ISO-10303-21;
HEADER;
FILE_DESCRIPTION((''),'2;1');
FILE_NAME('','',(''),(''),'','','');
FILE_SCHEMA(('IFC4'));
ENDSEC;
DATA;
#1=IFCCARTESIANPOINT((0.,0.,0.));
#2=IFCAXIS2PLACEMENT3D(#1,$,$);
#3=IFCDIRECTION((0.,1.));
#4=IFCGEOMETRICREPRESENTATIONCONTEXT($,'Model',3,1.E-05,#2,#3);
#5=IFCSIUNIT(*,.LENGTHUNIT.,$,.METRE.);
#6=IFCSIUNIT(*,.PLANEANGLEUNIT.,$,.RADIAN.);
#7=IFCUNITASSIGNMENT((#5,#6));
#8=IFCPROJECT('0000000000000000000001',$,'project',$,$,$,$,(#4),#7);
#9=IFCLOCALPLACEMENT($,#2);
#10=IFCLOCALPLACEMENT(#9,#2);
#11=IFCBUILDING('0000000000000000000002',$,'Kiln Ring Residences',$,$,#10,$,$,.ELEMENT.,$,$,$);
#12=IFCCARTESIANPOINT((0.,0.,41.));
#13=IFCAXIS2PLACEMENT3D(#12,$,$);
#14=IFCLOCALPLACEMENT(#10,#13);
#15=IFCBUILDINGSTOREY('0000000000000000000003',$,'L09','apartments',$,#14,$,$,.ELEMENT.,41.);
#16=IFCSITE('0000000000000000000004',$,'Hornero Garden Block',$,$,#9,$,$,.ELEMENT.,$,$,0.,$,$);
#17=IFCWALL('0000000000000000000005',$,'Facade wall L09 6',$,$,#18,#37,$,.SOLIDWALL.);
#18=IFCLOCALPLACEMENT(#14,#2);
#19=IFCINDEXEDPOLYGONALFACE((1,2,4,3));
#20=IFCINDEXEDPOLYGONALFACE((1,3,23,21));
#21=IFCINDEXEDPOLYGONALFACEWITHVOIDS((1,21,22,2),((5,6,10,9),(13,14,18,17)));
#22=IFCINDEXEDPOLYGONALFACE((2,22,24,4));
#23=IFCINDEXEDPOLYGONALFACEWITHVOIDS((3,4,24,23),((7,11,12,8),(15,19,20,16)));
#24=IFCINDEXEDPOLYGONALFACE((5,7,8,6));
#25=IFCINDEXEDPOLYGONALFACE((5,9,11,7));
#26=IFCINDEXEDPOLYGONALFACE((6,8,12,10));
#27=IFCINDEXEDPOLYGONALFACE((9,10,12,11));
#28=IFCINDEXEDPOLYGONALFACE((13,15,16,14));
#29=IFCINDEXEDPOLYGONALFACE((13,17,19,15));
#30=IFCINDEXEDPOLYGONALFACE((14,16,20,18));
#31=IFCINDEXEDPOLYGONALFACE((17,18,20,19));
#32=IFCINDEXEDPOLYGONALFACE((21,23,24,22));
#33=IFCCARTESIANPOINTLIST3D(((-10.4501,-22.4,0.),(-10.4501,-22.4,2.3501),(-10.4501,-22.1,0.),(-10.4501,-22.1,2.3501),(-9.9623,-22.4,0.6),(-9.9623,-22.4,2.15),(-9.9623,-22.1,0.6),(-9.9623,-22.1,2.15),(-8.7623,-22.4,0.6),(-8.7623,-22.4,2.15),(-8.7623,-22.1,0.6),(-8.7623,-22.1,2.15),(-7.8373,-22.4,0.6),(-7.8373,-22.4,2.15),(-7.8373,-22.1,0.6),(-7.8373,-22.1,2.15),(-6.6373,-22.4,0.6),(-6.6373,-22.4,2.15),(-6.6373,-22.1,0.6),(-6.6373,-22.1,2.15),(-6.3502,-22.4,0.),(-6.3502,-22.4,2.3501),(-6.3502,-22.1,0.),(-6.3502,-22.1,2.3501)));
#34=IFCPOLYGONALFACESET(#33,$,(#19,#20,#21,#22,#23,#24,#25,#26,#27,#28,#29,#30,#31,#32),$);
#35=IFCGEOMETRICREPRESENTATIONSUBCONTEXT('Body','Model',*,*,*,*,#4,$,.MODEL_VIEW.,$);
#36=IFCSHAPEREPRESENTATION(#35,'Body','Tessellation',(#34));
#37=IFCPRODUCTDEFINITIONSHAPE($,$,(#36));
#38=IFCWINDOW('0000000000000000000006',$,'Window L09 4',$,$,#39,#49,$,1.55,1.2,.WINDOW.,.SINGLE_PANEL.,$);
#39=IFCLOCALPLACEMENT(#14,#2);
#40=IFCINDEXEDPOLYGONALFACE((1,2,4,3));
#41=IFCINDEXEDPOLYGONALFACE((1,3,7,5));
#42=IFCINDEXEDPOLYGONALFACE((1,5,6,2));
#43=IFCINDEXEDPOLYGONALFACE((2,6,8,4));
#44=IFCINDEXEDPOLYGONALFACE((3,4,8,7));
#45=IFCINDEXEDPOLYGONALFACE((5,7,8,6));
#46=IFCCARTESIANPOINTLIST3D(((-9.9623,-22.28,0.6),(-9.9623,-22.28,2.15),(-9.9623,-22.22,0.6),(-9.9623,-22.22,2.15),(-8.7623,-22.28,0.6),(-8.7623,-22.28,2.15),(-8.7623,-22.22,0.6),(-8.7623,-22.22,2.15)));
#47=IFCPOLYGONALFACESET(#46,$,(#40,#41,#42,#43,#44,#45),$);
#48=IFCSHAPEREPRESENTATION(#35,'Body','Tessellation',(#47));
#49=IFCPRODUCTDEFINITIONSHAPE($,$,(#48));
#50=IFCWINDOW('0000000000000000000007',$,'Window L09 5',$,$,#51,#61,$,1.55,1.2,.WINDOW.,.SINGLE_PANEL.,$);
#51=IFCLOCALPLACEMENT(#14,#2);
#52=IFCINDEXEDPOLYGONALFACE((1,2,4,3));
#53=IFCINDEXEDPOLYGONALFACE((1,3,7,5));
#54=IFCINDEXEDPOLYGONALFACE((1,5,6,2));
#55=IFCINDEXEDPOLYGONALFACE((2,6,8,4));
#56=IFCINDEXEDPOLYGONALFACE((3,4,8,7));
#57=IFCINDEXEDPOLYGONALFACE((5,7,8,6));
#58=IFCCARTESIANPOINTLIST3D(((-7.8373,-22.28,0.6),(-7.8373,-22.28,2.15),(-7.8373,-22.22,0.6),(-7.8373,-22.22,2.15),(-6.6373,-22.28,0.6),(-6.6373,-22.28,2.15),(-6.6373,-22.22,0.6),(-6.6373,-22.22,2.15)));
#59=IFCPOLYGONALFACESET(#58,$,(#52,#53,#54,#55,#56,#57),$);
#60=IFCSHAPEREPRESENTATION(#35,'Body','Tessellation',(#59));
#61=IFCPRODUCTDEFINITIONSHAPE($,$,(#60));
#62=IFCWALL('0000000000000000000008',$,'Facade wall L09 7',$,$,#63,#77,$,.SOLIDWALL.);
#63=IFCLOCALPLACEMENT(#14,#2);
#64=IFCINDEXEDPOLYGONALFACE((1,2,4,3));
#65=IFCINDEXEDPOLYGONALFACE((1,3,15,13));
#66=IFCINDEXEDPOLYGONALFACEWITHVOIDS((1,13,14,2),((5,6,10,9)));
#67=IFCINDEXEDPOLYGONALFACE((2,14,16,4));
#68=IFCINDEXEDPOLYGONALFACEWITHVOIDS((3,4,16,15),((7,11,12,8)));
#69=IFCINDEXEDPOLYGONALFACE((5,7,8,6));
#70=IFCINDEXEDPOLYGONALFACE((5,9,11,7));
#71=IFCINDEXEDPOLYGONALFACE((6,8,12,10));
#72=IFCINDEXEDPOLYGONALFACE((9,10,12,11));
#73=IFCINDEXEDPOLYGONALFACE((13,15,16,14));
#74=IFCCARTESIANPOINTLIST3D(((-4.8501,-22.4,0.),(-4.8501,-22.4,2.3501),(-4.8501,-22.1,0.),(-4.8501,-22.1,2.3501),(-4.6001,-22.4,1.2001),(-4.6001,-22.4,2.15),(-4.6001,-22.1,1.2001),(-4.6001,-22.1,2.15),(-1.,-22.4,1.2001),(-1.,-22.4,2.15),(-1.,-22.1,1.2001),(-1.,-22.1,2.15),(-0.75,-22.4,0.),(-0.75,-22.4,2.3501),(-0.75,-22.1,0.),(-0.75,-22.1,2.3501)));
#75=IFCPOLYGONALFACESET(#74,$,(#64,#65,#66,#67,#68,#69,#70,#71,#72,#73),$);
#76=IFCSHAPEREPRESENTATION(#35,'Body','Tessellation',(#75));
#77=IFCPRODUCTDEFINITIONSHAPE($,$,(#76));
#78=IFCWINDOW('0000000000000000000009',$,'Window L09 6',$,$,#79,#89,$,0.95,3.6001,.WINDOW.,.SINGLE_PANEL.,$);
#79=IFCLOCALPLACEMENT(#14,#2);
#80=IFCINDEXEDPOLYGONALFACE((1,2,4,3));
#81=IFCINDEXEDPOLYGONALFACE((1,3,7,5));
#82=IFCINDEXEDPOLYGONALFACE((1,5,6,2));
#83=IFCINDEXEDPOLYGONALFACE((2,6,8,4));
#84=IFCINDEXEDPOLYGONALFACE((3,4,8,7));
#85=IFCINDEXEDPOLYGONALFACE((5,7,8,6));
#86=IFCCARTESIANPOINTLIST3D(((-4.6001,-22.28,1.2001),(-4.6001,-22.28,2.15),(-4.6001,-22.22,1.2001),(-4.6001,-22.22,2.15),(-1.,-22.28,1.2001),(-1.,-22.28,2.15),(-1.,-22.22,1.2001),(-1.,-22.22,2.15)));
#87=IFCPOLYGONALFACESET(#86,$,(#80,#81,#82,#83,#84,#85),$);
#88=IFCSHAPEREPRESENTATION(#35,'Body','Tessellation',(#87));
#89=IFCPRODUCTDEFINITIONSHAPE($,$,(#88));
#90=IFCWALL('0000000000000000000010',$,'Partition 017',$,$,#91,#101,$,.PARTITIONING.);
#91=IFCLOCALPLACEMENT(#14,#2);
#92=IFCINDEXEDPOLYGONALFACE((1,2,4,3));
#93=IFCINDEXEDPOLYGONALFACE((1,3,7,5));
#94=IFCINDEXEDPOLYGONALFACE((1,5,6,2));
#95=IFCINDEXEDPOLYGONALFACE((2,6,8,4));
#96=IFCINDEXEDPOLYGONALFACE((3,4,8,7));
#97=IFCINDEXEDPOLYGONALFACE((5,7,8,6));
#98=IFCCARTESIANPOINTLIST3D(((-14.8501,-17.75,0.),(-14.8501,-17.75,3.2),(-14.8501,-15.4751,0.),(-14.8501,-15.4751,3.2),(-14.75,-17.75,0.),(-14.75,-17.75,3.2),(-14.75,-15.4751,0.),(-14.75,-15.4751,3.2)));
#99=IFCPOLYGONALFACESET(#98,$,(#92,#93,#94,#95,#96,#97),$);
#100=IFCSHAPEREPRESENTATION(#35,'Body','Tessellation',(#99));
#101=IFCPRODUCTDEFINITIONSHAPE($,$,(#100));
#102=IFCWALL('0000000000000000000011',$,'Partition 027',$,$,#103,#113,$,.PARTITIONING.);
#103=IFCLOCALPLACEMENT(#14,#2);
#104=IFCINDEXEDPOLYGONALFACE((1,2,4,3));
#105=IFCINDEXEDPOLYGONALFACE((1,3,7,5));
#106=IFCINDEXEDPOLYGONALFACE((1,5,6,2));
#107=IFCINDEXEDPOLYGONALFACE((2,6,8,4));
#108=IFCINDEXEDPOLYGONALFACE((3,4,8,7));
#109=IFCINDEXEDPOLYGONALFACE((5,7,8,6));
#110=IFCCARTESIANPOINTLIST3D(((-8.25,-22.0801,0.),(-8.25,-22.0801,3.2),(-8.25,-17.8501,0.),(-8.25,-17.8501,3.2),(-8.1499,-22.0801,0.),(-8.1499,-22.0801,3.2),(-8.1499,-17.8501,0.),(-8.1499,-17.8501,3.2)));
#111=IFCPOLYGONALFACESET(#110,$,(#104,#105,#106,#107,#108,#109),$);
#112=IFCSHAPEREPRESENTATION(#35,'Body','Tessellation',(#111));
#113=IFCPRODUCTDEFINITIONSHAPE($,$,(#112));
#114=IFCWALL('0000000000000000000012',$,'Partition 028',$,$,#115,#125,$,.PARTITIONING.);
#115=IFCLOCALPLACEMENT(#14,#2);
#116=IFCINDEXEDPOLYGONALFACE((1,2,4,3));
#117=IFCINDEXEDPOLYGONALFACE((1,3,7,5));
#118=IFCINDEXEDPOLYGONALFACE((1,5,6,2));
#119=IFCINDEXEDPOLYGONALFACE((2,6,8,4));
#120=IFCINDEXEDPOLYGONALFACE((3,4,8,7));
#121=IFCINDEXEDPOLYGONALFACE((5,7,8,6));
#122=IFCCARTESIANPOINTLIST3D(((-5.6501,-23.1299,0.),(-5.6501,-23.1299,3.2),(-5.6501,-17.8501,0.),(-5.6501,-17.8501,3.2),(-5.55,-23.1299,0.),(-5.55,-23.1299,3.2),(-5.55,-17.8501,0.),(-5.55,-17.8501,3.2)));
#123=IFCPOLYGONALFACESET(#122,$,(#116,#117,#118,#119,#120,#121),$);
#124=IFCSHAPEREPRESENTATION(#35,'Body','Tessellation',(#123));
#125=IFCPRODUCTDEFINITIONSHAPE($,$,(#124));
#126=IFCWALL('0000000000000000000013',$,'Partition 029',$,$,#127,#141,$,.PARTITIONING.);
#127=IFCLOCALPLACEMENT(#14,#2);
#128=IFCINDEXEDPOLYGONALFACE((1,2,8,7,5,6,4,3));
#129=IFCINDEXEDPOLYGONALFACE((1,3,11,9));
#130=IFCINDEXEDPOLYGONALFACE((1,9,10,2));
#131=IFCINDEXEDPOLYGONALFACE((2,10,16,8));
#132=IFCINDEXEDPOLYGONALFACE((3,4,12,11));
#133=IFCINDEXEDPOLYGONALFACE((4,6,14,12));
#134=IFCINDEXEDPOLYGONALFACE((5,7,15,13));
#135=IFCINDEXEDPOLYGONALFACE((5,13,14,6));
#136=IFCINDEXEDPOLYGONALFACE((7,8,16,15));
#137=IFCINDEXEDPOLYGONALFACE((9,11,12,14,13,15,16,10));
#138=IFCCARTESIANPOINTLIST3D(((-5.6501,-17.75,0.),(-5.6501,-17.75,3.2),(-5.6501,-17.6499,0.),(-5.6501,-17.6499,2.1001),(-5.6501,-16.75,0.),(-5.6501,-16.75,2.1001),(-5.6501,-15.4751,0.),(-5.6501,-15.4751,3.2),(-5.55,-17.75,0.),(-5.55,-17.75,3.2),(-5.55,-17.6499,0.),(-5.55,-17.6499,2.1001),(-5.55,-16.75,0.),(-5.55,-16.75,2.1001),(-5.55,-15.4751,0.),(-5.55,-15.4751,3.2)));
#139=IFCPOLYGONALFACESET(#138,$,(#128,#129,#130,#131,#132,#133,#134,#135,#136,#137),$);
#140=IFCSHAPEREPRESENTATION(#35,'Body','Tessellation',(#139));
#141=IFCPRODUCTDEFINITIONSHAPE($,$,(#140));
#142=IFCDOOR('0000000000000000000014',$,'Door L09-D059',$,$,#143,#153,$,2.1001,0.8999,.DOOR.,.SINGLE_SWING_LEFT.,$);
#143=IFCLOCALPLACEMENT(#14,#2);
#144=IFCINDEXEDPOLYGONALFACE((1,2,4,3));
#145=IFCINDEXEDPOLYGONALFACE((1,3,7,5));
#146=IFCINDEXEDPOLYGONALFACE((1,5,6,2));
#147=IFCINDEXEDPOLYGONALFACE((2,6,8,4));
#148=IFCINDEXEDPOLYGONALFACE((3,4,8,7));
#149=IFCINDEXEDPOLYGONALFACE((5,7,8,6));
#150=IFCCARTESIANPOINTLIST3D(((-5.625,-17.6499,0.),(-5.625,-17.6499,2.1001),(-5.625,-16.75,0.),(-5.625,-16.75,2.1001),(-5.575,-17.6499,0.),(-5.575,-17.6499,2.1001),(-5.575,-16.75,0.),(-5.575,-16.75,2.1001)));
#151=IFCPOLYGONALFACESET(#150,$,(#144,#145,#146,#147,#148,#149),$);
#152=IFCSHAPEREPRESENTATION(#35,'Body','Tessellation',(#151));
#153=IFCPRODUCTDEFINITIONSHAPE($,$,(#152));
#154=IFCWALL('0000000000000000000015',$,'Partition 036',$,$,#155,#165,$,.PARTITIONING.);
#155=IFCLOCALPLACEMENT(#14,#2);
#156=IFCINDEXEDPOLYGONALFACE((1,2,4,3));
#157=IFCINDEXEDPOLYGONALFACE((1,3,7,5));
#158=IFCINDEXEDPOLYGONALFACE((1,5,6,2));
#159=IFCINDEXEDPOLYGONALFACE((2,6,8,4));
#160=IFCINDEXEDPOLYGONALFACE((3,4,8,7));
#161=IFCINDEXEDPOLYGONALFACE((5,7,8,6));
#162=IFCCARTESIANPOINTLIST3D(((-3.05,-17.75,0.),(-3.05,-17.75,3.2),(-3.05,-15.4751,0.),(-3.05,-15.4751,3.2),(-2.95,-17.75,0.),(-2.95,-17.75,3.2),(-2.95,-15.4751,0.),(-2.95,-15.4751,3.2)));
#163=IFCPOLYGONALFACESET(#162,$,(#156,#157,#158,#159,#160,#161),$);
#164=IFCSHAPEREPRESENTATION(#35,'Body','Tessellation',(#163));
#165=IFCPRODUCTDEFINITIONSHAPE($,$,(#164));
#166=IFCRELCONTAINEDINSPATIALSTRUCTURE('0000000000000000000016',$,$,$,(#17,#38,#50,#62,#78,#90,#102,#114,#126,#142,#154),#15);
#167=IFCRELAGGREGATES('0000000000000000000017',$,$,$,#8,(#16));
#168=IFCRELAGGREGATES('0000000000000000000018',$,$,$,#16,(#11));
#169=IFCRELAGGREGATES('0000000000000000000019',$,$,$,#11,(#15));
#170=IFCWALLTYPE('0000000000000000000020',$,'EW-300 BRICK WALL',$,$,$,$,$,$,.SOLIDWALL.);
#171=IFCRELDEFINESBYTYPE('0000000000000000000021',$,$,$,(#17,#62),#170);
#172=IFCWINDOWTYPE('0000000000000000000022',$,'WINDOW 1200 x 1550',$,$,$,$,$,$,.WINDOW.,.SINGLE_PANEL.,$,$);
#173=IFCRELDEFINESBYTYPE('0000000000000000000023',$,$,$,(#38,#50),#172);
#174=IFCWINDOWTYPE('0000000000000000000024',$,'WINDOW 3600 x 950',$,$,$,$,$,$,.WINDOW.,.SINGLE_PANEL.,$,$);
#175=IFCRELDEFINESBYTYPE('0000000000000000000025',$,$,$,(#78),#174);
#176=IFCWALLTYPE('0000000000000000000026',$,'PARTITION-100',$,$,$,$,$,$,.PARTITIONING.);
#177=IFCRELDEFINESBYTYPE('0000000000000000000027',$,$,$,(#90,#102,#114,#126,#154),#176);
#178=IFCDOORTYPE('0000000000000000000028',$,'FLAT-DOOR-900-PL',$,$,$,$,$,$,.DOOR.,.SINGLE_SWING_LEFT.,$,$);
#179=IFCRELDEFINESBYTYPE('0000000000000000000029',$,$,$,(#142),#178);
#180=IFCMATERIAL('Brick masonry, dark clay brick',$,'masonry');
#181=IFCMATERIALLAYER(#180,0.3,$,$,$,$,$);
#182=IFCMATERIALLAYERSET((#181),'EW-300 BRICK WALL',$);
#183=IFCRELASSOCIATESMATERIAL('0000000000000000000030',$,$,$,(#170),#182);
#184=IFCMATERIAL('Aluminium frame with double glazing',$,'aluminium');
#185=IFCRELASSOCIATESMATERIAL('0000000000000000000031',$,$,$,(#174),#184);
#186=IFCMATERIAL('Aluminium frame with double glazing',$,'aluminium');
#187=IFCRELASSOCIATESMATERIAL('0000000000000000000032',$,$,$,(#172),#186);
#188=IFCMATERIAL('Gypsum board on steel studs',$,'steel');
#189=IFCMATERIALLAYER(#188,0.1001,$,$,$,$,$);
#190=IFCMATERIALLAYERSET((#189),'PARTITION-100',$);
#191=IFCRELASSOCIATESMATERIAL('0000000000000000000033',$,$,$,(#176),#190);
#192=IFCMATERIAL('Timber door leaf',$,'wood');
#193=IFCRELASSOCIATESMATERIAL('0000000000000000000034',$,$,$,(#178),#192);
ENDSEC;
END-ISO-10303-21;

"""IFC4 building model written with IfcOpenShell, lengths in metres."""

from ifc_helpers import new_model, si_unit, direction, frame, frame_2d, origin, place, context, subcontext, project, spatial, rectangle, extrude, material, layer, layer_set, type_object, element, fill, save


model = new_model("IFC4")

# Units and contexts
model_context = context("Model", 3, precision=1e-05, world=origin(), true_north=direction((0.0, 1.0)))
body_context = subcontext(model_context, "Body", "Model", "MODEL_VIEW")
ifc_project = project(units=[si_unit("LENGTHUNIT", "METRE"), si_unit("PLANEANGLEUNIT", "RADIAN")], contexts=[model_context])

# Site, building, storey
site_placement = place(None, origin())
site = spatial("IfcSite", under=ifc_project, at=site_placement, Name="Hornero Garden Block", CompositionType="ELEMENT", RefElevation=0.0)
building_placement = place(site_placement, origin())
building = spatial("IfcBuilding", under=site, at=building_placement, Name="Kiln Ring Residences", CompositionType="ELEMENT")
storey_placement = place(building_placement, frame((0.0, 0.0, 41.0)))
storey = spatial("IfcBuildingStorey", under=building, at=storey_placement, Name="L09", Description="apartments", CompositionType="ELEMENT", Elevation=41.0)

# Shared definitions
ifc_material_1 = material(Name="Brick masonry, dark clay brick", Category="masonry")
ifc_layer_1 = layer(ifc_material_1, 0.3)
ifc_layer_set_1 = layer_set([ifc_layer_1], Name="EW-300 BRICK WALL")
wall_type_1 = type_object("IfcWallType", Name="EW-300 BRICK WALL", PredefinedType="SOLIDWALL", material=ifc_layer_set_1)
ifc_material_2 = material(Name="Aluminium frame with double glazing", Category="aluminium")
window_type_1 = type_object("IfcWindowType", Name="WINDOW 3600 x 950", PartitioningType="SINGLE_PANEL", PredefinedType="WINDOW", material=ifc_material_2)

# Wall, openings, windows
wall_1_placement = place(storey_placement, frame((-10.45, -22.25, 0.0), z_axis=(0.0, 0.0, 1.0), x_axis=(1.0, 0.0, 0.0)))
wall_1 = element("IfcWall", 1, at=wall_1_placement, inside=storey, type_object=wall_type_1, Name="Facade wall L09 6", PredefinedType="SOLIDWALL", context=body_context, shape_type="SweptSolid", body=[
    extrude(rectangle(XDim=4.0999, YDim=0.3, at=frame_2d((2.0498, 0.0))), origin(), (0.0, 0.0, 1.0), 2.3501),
])
opening_1_placement = place(wall_1_placement, frame((0.4875, 0.0, 0.6001)))
opening_1 = element("IfcOpeningElement", 2, at=opening_1_placement, cuts=wall_1, PredefinedType="OPENING", context=body_context, shape_type="SweptSolid", body=[
    extrude(rectangle(XDim=1.2, YDim=1.55, at=frame_2d((0.6001, 0.7749))), frame((0.0, 0.1599, 0.0), z_axis=(0.0, -1.0, 0.0), x_axis=(1.0, 0.0, 0.0)), (0.0, 0.0, 1.0), 0.3201),
])
opening_2_placement = place(wall_1_placement, frame((2.6125, 0.0, 0.6001)))
opening_2 = element("IfcOpeningElement", 3, at=opening_2_placement, cuts=wall_1, PredefinedType="OPENING", context=body_context, shape_type="SweptSolid", body=[
    extrude(rectangle(XDim=1.2, YDim=1.55, at=frame_2d((0.6001, 0.7749))), frame((0.0, 0.1599, 0.0), z_axis=(0.0, -1.0, 0.0), x_axis=(1.0, 0.0, 0.0)), (0.0, 0.0, 1.0), 0.3201),
])
ifc_material_3 = material(Name="Aluminium frame with double glazing", Category="aluminium")
window_type_2 = type_object("IfcWindowType", Name="WINDOW 1200 x 1550", PartitioningType="SINGLE_PANEL", PredefinedType="WINDOW", material=ifc_material_3)
window_1_placement = place(opening_1_placement, origin())
window_1 = element("IfcWindow", 4, at=window_1_placement, inside=storey, type_object=window_type_2, Name="Window L09 4", OverallHeight=1.55, OverallWidth=1.2, PartitioningType="SINGLE_PANEL", PredefinedType="WINDOW", context=body_context, shape_type="SweptSolid", body=[
    extrude(rectangle(XDim=1.2, YDim=1.55, at=frame_2d((0.6001, 0.7749))), frame((0.0, 0.03, 0.0), z_axis=(0.0, -1.0, 0.0), x_axis=(1.0, 0.0, 0.0)), (0.0, 0.0, 1.0), 0.0601),
])
fill(opening_1, window_1)
window_2_placement = place(opening_2_placement, origin())
window_2 = element("IfcWindow", 5, at=window_2_placement, inside=storey, type_object=window_type_2, Name="Window L09 5", OverallHeight=1.55, OverallWidth=1.2, PartitioningType="SINGLE_PANEL", PredefinedType="WINDOW", context=body_context, shape_type="SweptSolid", body=[
    extrude(rectangle(XDim=1.2, YDim=1.55, at=frame_2d((0.6001, 0.7749))), frame((0.0, 0.03, 0.0), z_axis=(0.0, -1.0, 0.0), x_axis=(1.0, 0.0, 0.0)), (0.0, 0.0, 1.0), 0.0601),
])
fill(opening_2, window_2)

# Wall, opening, window
wall_2_placement = place(storey_placement, frame((-4.8501, -22.25, 0.0), z_axis=(0.0, 0.0, 1.0), x_axis=(1.0, 0.0, 0.0)))
wall_2 = element("IfcWall", 6, at=wall_2_placement, inside=storey, type_object=wall_type_1, Name="Facade wall L09 7", PredefinedType="SOLIDWALL", context=body_context, shape_type="SweptSolid", body=[
    extrude(rectangle(XDim=4.1001, YDim=0.3, at=frame_2d((2.05, 0.0))), origin(), (0.0, 0.0, 1.0), 2.3501),
])
opening_3_placement = place(wall_2_placement, frame((0.25, 0.0, 1.2)))
opening_3 = element("IfcOpeningElement", 7, at=opening_3_placement, cuts=wall_2, PredefinedType="OPENING", context=body_context, shape_type="SweptSolid", body=[
    extrude(rectangle(XDim=3.6001, YDim=0.95, at=frame_2d((1.8, 0.4751))), frame((0.0, 0.1599, 0.0), z_axis=(0.0, -1.0, 0.0), x_axis=(1.0, 0.0, 0.0)), (0.0, 0.0, 1.0), 0.3201),
])
window_3_placement = place(opening_3_placement, origin())
window_3 = element("IfcWindow", 8, at=window_3_placement, inside=storey, type_object=window_type_1, Name="Window L09 6", OverallHeight=0.95, OverallWidth=3.6001, PartitioningType="SINGLE_PANEL", PredefinedType="WINDOW", context=body_context, shape_type="SweptSolid", body=[
    extrude(rectangle(XDim=3.6001, YDim=0.95, at=frame_2d((1.8, 0.4751))), frame((0.0, 0.03, 0.0), z_axis=(0.0, -1.0, 0.0), x_axis=(1.0, 0.0, 0.0)), (0.0, 0.0, 1.0), 0.0601),
])
fill(opening_3, window_3)

# Walls
ifc_material_4 = material(Name="Gypsum board on steel studs", Category="steel")
ifc_layer_2 = layer(ifc_material_4, 0.1001)
ifc_layer_set_2 = layer_set([ifc_layer_2], Name="PARTITION-100")
wall_type_2 = type_object("IfcWallType", Name="PARTITION-100", PredefinedType="PARTITIONING", material=ifc_layer_set_2)
wall_3_placement = place(storey_placement, frame((-14.8, -17.75, 0.0), z_axis=(0.0, 0.0, 1.0), x_axis=(0.0, 1.0, 0.0)))
element("IfcWall", 9, at=wall_3_placement, inside=storey, type_object=wall_type_2, Name="Partition 017", PredefinedType="PARTITIONING", context=body_context, shape_type="SweptSolid", body=[
    extrude(rectangle(XDim=2.2749, YDim=0.1001, at=frame_2d((1.1375, 0.0))), origin(), (0.0, 0.0, 1.0), 3.2),
])
wall_4_placement = place(storey_placement, frame((-8.2, -22.0801, 0.0), z_axis=(0.0, 0.0, 1.0), x_axis=(0.0, 1.0, 0.0)))
element("IfcWall", 10, at=wall_4_placement, inside=storey, type_object=wall_type_2, Name="Partition 027", PredefinedType="PARTITIONING", context=body_context, shape_type="SweptSolid", body=[
    extrude(rectangle(XDim=4.23, YDim=0.1001, at=frame_2d((2.115, 0.0))), origin(), (0.0, 0.0, 1.0), 3.2),
])
wall_5_placement = place(storey_placement, frame((-5.6001, -23.1299, 0.0), z_axis=(0.0, 0.0, 1.0), x_axis=(0.0, 1.0, 0.0)))
element("IfcWall", 11, at=wall_5_placement, inside=storey, type_object=wall_type_2, Name="Partition 028", PredefinedType="PARTITIONING", context=body_context, shape_type="SweptSolid", body=[
    extrude(rectangle(XDim=5.2798, YDim=0.1001, at=frame_2d((2.6399, 0.0))), origin(), (0.0, 0.0, 1.0), 3.2),
])

# Wall, opening, door
wall_6_placement = place(storey_placement, frame((-5.6001, -17.75, 0.0), z_axis=(0.0, 0.0, 1.0), x_axis=(0.0, 1.0, 0.0)))
wall_6 = element("IfcWall", 12, at=wall_6_placement, inside=storey, type_object=wall_type_2, Name="Partition 029", PredefinedType="PARTITIONING", context=body_context, shape_type="SweptSolid", body=[
    extrude(rectangle(XDim=2.2749, YDim=0.1001, at=frame_2d((1.1375, 0.0))), origin(), (0.0, 0.0, 1.0), 3.2),
])
opening_4_placement = place(wall_6_placement, frame((0.1001, 0.0, 0.0)))
opening_4 = element("IfcOpeningElement", 13, at=opening_4_placement, cuts=wall_6, PredefinedType="OPENING", context=body_context, shape_type="SweptSolid", body=[
    extrude(rectangle(XDim=0.8999, YDim=2.1001, at=frame_2d((0.45, 1.05))), frame((0.0, 0.0601, 0.0), z_axis=(0.0, -1.0, 0.0), x_axis=(1.0, 0.0, 0.0)), (0.0, 0.0, 1.0), 0.1201),
])
ifc_material_5 = material(Name="Timber door leaf", Category="wood")
door_type = type_object("IfcDoorType", Name="FLAT-DOOR-900-PL", OperationType="SINGLE_SWING_LEFT", PredefinedType="DOOR", material=ifc_material_5)
door_placement = place(opening_4_placement, origin())
door = element("IfcDoor", 14, at=door_placement, inside=storey, type_object=door_type, Name="Door L09-D059", OperationType="SINGLE_SWING_LEFT", OverallHeight=2.1001, OverallWidth=0.8999, PredefinedType="DOOR", context=body_context, shape_type="SweptSolid", body=[
    extrude(rectangle(XDim=0.8999, YDim=2.1001, at=frame_2d((0.45, 1.05))), frame((0.0, 0.0249, 0.0), z_axis=(0.0, -1.0, 0.0), x_axis=(1.0, 0.0, 0.0)), (0.0, 0.0, 1.0), 0.05),
])
fill(opening_4, door)

# Wall
wall_7_placement = place(storey_placement, frame((-3.0, -17.75, 0.0), z_axis=(0.0, 0.0, 1.0), x_axis=(0.0, 1.0, 0.0)))
element("IfcWall", 15, at=wall_7_placement, inside=storey, type_object=wall_type_2, Name="Partition 036", PredefinedType="PARTITIONING", context=body_context, shape_type="SweptSolid", body=[
    extrude(rectangle(XDim=2.2749, YDim=0.1001, at=frame_2d((1.1375, 0.0))), origin(), (0.0, 0.0, 1.0), 3.2),
])

save(model, "model.ifc")
